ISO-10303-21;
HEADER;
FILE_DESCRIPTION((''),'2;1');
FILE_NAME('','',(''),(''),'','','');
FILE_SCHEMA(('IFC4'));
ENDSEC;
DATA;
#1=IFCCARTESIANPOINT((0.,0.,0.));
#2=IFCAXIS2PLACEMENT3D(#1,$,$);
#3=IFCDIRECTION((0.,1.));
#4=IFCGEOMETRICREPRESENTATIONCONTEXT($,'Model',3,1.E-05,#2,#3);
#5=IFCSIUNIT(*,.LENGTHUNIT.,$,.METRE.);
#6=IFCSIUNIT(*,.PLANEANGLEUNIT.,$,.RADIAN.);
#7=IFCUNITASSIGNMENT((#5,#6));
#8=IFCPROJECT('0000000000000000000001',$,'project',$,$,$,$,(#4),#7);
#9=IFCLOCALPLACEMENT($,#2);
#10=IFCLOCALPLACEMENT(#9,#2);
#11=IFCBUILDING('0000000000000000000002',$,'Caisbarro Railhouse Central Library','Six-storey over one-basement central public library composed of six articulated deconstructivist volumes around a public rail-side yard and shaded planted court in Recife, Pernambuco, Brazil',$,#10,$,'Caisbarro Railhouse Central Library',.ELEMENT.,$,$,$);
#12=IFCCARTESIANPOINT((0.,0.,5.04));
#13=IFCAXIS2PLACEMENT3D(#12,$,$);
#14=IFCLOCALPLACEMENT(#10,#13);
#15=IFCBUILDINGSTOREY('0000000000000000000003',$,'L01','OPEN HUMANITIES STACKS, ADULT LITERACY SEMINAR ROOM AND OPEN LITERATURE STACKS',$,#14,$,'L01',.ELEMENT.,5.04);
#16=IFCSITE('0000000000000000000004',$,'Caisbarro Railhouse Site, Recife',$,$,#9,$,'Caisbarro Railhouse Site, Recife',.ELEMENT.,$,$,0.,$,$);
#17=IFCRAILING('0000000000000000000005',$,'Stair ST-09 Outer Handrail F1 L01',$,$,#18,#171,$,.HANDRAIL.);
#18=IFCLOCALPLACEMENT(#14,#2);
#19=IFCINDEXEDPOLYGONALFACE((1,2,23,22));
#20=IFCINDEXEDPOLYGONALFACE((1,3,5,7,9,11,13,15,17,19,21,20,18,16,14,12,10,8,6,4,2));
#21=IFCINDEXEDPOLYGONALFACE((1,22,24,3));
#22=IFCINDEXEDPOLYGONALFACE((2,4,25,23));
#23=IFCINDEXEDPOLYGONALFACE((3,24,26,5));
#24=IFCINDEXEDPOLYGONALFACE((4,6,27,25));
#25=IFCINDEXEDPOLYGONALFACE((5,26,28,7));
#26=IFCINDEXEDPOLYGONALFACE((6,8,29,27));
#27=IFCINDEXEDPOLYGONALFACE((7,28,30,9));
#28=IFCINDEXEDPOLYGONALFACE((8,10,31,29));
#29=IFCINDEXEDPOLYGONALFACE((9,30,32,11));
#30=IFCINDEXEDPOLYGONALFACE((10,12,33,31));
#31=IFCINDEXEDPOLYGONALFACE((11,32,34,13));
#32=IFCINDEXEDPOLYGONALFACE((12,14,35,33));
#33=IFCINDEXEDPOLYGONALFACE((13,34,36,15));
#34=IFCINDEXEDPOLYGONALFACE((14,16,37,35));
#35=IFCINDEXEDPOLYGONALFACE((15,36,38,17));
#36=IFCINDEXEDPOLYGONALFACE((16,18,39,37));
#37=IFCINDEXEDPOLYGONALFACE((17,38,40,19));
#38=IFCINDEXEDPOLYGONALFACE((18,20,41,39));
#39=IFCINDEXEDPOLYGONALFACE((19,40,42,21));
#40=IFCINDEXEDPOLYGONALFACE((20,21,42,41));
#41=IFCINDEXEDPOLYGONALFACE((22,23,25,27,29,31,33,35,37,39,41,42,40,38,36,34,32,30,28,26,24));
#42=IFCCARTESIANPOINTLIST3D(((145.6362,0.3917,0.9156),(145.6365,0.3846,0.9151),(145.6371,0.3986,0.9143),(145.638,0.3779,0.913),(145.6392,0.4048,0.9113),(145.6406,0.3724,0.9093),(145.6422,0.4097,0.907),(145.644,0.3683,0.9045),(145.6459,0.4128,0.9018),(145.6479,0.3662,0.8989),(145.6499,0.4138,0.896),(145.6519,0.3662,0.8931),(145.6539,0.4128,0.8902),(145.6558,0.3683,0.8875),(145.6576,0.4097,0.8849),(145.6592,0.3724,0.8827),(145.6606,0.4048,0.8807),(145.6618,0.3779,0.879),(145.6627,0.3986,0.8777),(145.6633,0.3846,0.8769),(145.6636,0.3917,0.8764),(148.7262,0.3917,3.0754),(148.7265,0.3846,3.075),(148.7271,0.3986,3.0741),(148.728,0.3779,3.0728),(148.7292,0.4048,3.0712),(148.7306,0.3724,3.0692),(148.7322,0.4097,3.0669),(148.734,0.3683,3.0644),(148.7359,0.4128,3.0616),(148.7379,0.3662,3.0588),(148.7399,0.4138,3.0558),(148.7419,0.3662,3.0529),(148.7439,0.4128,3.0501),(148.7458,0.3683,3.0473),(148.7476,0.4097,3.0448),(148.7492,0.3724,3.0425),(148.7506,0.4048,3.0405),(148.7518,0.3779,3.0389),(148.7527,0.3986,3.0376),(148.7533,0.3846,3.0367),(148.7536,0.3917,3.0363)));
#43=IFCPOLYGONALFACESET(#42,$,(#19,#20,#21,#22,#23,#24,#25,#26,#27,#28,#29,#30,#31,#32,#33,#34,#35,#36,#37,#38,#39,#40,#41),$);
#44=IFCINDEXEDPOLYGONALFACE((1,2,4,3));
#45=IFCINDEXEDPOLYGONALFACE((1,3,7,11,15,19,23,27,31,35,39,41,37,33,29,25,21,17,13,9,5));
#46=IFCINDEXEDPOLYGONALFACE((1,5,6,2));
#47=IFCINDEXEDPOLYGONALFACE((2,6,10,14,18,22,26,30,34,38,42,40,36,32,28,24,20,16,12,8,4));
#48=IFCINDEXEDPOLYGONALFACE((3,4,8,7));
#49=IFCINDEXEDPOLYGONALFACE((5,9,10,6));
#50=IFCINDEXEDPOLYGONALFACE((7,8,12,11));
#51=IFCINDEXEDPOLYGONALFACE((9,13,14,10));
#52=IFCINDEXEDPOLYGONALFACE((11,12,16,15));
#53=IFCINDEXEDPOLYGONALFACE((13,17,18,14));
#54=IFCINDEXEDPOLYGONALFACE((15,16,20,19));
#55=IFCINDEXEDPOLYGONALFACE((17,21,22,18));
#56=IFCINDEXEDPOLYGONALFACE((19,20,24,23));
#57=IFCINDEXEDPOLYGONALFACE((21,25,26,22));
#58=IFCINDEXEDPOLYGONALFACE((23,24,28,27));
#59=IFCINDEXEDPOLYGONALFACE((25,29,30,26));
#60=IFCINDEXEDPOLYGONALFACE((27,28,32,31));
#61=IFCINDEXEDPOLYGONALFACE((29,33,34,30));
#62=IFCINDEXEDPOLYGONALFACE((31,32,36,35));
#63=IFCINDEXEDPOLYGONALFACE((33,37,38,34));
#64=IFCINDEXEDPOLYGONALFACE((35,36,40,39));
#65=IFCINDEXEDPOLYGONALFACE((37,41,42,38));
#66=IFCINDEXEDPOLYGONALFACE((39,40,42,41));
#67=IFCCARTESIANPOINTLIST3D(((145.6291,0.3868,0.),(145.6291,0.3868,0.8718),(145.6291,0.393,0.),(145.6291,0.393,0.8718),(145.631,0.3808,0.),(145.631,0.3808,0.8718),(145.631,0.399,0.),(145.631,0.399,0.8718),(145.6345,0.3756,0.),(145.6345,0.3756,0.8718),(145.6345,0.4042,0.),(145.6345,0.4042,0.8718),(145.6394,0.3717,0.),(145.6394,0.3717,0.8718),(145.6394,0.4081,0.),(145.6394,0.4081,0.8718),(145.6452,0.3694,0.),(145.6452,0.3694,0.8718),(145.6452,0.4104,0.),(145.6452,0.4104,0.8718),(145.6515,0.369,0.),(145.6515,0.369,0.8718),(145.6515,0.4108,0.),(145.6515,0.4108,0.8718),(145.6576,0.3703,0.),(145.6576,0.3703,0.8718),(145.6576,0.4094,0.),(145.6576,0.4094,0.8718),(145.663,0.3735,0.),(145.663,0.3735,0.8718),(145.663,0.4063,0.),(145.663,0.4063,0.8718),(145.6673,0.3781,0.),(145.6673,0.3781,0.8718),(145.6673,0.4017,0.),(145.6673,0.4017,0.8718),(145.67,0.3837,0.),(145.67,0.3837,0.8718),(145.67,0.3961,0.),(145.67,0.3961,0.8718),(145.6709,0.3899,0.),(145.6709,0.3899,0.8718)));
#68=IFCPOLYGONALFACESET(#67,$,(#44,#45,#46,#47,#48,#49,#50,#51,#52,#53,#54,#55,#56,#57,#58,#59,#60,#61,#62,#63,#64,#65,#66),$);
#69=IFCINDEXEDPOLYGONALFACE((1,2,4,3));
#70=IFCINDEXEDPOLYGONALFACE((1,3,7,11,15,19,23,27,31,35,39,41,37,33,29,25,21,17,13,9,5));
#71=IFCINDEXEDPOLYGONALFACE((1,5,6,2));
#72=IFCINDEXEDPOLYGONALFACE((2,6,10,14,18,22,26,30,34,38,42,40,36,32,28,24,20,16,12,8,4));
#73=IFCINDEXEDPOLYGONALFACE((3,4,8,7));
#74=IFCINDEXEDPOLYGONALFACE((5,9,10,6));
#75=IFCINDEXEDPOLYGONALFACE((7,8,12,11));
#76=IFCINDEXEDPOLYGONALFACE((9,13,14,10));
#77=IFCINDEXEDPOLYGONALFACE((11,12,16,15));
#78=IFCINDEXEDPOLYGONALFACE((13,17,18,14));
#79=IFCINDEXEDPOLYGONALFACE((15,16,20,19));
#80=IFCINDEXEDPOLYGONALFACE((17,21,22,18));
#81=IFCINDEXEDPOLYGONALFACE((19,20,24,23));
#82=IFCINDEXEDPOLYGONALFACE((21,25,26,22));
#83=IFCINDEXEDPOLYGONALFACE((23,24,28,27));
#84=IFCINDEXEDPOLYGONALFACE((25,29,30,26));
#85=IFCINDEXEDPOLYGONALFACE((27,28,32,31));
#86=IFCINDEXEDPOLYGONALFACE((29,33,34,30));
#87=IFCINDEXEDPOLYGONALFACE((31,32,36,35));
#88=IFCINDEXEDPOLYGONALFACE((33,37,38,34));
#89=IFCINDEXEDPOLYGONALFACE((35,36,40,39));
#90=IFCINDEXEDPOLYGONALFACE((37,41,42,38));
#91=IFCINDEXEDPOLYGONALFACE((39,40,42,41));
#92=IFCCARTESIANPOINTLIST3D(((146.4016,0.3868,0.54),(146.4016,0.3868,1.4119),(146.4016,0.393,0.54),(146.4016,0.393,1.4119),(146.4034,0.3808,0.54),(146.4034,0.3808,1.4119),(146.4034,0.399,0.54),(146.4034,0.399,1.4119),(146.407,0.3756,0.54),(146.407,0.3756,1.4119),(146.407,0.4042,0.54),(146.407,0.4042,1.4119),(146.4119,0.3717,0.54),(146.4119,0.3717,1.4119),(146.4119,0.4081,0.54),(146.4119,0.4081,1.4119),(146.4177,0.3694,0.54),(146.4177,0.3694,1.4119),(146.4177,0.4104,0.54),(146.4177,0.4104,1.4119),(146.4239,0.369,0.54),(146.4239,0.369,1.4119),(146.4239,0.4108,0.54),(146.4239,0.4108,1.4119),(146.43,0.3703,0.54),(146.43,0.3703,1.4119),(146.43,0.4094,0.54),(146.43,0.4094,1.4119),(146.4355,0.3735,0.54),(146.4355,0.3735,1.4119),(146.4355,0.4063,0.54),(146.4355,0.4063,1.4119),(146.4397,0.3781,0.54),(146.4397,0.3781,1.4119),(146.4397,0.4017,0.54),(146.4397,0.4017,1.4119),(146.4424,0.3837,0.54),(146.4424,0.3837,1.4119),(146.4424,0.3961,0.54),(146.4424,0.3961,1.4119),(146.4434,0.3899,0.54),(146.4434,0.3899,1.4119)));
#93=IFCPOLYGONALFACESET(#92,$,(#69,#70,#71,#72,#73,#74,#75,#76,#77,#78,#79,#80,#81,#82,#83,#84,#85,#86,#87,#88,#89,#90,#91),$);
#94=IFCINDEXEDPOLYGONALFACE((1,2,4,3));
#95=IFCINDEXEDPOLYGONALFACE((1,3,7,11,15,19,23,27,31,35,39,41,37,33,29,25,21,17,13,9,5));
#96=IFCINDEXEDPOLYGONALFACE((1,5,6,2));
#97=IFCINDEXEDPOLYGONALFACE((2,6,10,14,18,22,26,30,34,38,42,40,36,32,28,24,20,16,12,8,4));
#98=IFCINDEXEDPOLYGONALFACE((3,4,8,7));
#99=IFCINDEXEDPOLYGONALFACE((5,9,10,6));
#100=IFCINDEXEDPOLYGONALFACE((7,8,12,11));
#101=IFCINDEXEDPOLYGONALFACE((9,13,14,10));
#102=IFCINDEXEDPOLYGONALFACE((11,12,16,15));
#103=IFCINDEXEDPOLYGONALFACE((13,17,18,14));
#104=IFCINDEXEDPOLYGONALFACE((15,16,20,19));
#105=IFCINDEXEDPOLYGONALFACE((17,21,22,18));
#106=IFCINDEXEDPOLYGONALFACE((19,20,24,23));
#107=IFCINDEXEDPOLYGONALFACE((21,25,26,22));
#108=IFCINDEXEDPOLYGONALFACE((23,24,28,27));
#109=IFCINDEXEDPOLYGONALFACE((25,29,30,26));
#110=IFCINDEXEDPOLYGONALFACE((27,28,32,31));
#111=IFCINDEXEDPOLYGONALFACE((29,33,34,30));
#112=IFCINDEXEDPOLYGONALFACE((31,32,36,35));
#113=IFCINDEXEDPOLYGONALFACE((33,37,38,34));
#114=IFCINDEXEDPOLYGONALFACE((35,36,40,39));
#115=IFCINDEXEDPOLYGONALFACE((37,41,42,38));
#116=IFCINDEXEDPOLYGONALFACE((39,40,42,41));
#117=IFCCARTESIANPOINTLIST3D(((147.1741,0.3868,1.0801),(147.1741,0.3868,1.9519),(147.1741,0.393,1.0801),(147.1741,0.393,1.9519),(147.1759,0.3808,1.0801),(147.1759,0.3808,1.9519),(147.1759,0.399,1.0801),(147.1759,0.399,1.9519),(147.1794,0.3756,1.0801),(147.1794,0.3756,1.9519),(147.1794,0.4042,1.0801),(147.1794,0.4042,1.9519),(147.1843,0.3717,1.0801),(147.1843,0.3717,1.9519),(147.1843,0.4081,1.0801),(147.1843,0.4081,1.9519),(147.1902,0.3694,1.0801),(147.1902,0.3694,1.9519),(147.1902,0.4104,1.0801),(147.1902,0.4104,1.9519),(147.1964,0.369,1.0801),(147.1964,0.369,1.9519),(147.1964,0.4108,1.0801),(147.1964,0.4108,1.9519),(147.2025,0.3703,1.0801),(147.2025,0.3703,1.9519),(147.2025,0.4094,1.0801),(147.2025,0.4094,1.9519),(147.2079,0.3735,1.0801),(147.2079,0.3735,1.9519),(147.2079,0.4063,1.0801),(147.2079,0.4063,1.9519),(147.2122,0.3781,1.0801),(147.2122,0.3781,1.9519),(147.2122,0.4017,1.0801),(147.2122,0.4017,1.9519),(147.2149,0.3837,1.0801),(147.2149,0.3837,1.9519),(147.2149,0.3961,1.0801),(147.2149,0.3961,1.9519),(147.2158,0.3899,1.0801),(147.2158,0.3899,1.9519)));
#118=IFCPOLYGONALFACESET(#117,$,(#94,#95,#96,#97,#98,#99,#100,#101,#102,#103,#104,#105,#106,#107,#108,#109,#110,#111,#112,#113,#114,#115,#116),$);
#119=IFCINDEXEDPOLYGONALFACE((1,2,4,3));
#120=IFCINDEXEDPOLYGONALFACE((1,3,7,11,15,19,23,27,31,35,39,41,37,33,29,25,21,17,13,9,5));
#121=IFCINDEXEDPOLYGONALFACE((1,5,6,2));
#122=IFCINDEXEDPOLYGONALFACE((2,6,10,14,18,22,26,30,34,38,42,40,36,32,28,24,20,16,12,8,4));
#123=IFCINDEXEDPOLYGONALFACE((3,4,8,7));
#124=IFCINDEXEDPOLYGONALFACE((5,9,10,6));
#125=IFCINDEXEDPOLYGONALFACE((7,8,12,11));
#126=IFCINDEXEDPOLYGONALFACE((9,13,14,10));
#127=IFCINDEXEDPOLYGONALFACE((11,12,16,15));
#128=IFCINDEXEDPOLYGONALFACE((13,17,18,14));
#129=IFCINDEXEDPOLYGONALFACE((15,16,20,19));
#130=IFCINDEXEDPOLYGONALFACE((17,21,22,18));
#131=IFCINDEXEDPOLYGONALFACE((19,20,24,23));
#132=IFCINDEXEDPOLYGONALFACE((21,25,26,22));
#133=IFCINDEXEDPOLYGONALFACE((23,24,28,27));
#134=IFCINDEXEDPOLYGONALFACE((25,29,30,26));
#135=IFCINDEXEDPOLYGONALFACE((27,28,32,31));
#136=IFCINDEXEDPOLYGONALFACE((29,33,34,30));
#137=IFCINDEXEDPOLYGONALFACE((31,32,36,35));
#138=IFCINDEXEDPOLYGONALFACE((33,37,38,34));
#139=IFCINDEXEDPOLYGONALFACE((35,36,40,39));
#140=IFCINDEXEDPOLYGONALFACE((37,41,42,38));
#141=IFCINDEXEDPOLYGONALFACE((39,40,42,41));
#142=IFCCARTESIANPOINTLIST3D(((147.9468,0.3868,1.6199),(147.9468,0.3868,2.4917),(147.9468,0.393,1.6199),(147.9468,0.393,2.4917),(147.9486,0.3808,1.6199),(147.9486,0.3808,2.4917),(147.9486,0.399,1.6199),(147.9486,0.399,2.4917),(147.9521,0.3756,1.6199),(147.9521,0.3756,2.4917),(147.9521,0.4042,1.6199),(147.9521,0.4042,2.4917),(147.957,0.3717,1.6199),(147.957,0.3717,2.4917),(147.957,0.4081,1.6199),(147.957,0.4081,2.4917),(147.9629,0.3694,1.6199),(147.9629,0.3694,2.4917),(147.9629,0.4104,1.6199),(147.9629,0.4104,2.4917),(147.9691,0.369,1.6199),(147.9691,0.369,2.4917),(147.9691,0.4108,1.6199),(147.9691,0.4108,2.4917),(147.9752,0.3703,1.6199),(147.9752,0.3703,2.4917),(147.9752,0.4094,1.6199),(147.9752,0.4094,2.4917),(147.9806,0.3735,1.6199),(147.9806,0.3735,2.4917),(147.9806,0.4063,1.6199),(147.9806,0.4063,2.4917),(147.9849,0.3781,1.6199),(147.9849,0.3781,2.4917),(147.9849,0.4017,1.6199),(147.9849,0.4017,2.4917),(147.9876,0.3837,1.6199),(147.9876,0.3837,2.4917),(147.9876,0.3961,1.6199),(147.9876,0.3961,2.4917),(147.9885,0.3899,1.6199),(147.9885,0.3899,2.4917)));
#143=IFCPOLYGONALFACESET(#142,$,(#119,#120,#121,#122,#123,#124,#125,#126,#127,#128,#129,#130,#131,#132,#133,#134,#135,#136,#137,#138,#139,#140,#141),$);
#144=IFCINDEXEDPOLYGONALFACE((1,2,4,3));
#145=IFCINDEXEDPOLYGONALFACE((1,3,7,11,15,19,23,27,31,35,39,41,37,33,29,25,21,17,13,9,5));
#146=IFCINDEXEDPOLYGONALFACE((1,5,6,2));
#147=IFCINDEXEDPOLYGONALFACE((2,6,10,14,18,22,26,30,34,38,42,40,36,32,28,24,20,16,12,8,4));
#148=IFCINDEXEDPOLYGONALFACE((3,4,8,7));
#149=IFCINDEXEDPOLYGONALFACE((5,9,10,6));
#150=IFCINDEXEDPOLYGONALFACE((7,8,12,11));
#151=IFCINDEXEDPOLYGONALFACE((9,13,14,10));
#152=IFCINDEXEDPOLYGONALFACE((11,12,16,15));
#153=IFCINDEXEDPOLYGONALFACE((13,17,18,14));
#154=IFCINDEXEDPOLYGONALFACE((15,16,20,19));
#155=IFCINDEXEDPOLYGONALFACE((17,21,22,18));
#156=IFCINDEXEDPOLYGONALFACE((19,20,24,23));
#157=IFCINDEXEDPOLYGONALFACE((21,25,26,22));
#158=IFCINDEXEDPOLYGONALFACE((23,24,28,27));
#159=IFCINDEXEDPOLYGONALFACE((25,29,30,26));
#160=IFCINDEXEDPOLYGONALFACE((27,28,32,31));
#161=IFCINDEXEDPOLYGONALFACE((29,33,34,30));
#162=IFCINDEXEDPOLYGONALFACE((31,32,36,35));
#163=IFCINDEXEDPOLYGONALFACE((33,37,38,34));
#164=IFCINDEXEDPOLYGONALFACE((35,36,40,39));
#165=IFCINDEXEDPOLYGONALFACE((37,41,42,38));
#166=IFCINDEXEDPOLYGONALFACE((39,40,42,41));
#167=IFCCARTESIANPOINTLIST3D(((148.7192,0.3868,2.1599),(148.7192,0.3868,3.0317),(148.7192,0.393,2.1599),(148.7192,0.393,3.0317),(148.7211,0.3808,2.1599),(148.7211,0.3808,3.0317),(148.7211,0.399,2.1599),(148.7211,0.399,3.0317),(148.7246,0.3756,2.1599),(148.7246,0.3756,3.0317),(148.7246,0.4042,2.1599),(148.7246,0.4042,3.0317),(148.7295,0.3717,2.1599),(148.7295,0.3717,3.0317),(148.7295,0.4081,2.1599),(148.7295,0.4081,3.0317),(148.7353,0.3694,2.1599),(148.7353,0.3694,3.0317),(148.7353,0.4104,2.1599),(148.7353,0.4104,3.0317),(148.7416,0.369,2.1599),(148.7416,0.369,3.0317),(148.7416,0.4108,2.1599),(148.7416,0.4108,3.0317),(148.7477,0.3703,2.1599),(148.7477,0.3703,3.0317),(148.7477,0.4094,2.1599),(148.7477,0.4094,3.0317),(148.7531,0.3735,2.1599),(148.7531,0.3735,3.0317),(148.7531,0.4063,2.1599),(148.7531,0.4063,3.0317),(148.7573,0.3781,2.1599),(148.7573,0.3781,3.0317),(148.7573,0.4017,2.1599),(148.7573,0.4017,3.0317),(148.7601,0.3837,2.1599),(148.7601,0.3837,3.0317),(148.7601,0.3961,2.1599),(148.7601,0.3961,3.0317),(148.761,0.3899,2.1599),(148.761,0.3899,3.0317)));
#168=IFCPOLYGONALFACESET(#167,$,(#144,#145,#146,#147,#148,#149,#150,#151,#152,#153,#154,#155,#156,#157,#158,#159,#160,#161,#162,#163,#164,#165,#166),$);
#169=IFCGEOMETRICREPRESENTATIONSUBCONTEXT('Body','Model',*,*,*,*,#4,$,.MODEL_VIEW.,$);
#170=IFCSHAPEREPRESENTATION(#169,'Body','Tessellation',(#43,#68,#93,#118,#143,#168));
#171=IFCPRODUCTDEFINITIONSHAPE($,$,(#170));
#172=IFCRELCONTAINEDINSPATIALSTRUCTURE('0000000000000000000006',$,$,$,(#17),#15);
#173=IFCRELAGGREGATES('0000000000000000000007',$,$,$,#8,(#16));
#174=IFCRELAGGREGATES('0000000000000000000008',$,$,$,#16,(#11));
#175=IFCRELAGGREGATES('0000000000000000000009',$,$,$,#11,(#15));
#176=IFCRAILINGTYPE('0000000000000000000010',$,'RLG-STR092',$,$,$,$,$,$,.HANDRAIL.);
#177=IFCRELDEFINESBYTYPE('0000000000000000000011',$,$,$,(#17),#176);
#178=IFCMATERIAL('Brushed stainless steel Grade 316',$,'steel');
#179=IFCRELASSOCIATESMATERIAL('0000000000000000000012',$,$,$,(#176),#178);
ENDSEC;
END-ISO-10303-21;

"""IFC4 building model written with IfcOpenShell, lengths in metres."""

from ifc_helpers import new_model, si_unit, direction, frame, origin, origin_2d, place, context, subcontext, project, spatial, circle, extrude, material, type_object, element, save


model = new_model("IFC4")

# Units and contexts
model_context = context("Model", 3, precision=1e-05, world=origin(), true_north=direction((0.0, 1.0)))
body_context = subcontext(model_context, "Body", "Model", "MODEL_VIEW")
ifc_project = project(units=[si_unit("LENGTHUNIT", "METRE"), si_unit("PLANEANGLEUNIT", "RADIAN")], contexts=[model_context])

# Site, building, storey
site_placement = place(None, origin())
site = spatial("IfcSite", under=ifc_project, at=site_placement, Name="Caisbarro Railhouse Site, Recife", LongName="Caisbarro Railhouse Site, Recife", CompositionType="ELEMENT", RefElevation=0.0)
building_placement = place(site_placement, origin())
building = spatial("IfcBuilding", under=site, at=building_placement, Name="Caisbarro Railhouse Central Library", Description="Six-storey over one-basement central public library composed of six articulated deconstructivist volumes around a public rail-side yard and shaded planted court in Recife, Pernambuco, Brazil", LongName="Caisbarro Railhouse Central Library", CompositionType="ELEMENT")
storey_placement = place(building_placement, frame((0.0, 0.0, 5.04)))
storey = spatial("IfcBuildingStorey", under=building, at=storey_placement, Name="L01", Description="OPEN HUMANITIES STACKS, ADULT LITERACY SEMINAR ROOM AND OPEN LITERATURE STACKS", LongName="L01", CompositionType="ELEMENT", Elevation=5.04)

# Railing
ifc_material_1 = material(Name="Brushed stainless steel Grade 316", Category="steel")
railing_type_1 = type_object("IfcRailingType", Name="RLG-STR092", PredefinedType="HANDRAIL", material=ifc_material_1)
railing_1_placement = place(storey_placement, frame((145.6499, 0.3899, 0.0)))
element("IfcRailing", 1, at=railing_1_placement, inside=storey, type_object=railing_type_1, Name="Stair ST-09 Outer Handrail F1 L01", PredefinedType="HANDRAIL", context=body_context, shape_type="SweptSolid", body=[
    extrude(circle(Radius=0.0239, at=origin_2d()), frame((0.0, 0.0, 0.896), z_axis=(0.819624, 0.0, 0.572902), x_axis=(0.0, 1.0, 0.0)), (0.0, 0.0, 1.0), 3.77),
    extrude(circle(Radius=0.021, at=origin_2d()), origin(), (0.0, 0.0, 1.0), 0.8718),
    extrude(circle(Radius=0.021, at=origin_2d()), frame((0.7725, 0.0, 0.54)), (0.0, 0.0, 1.0), 0.8718),
    extrude(circle(Radius=0.021, at=origin_2d()), frame((1.5449, 0.0, 1.0801)), (0.0, 0.0, 1.0), 0.8718),
    extrude(circle(Radius=0.021, at=origin_2d()), frame((2.3176, 0.0, 1.6199)), (0.0, 0.0, 1.0), 0.8718),
    extrude(circle(Radius=0.021, at=origin_2d()), frame((3.0901, 0.0, 2.1599)), (0.0, 0.0, 1.0), 0.8718),
])

save(model, "model.ifc")
